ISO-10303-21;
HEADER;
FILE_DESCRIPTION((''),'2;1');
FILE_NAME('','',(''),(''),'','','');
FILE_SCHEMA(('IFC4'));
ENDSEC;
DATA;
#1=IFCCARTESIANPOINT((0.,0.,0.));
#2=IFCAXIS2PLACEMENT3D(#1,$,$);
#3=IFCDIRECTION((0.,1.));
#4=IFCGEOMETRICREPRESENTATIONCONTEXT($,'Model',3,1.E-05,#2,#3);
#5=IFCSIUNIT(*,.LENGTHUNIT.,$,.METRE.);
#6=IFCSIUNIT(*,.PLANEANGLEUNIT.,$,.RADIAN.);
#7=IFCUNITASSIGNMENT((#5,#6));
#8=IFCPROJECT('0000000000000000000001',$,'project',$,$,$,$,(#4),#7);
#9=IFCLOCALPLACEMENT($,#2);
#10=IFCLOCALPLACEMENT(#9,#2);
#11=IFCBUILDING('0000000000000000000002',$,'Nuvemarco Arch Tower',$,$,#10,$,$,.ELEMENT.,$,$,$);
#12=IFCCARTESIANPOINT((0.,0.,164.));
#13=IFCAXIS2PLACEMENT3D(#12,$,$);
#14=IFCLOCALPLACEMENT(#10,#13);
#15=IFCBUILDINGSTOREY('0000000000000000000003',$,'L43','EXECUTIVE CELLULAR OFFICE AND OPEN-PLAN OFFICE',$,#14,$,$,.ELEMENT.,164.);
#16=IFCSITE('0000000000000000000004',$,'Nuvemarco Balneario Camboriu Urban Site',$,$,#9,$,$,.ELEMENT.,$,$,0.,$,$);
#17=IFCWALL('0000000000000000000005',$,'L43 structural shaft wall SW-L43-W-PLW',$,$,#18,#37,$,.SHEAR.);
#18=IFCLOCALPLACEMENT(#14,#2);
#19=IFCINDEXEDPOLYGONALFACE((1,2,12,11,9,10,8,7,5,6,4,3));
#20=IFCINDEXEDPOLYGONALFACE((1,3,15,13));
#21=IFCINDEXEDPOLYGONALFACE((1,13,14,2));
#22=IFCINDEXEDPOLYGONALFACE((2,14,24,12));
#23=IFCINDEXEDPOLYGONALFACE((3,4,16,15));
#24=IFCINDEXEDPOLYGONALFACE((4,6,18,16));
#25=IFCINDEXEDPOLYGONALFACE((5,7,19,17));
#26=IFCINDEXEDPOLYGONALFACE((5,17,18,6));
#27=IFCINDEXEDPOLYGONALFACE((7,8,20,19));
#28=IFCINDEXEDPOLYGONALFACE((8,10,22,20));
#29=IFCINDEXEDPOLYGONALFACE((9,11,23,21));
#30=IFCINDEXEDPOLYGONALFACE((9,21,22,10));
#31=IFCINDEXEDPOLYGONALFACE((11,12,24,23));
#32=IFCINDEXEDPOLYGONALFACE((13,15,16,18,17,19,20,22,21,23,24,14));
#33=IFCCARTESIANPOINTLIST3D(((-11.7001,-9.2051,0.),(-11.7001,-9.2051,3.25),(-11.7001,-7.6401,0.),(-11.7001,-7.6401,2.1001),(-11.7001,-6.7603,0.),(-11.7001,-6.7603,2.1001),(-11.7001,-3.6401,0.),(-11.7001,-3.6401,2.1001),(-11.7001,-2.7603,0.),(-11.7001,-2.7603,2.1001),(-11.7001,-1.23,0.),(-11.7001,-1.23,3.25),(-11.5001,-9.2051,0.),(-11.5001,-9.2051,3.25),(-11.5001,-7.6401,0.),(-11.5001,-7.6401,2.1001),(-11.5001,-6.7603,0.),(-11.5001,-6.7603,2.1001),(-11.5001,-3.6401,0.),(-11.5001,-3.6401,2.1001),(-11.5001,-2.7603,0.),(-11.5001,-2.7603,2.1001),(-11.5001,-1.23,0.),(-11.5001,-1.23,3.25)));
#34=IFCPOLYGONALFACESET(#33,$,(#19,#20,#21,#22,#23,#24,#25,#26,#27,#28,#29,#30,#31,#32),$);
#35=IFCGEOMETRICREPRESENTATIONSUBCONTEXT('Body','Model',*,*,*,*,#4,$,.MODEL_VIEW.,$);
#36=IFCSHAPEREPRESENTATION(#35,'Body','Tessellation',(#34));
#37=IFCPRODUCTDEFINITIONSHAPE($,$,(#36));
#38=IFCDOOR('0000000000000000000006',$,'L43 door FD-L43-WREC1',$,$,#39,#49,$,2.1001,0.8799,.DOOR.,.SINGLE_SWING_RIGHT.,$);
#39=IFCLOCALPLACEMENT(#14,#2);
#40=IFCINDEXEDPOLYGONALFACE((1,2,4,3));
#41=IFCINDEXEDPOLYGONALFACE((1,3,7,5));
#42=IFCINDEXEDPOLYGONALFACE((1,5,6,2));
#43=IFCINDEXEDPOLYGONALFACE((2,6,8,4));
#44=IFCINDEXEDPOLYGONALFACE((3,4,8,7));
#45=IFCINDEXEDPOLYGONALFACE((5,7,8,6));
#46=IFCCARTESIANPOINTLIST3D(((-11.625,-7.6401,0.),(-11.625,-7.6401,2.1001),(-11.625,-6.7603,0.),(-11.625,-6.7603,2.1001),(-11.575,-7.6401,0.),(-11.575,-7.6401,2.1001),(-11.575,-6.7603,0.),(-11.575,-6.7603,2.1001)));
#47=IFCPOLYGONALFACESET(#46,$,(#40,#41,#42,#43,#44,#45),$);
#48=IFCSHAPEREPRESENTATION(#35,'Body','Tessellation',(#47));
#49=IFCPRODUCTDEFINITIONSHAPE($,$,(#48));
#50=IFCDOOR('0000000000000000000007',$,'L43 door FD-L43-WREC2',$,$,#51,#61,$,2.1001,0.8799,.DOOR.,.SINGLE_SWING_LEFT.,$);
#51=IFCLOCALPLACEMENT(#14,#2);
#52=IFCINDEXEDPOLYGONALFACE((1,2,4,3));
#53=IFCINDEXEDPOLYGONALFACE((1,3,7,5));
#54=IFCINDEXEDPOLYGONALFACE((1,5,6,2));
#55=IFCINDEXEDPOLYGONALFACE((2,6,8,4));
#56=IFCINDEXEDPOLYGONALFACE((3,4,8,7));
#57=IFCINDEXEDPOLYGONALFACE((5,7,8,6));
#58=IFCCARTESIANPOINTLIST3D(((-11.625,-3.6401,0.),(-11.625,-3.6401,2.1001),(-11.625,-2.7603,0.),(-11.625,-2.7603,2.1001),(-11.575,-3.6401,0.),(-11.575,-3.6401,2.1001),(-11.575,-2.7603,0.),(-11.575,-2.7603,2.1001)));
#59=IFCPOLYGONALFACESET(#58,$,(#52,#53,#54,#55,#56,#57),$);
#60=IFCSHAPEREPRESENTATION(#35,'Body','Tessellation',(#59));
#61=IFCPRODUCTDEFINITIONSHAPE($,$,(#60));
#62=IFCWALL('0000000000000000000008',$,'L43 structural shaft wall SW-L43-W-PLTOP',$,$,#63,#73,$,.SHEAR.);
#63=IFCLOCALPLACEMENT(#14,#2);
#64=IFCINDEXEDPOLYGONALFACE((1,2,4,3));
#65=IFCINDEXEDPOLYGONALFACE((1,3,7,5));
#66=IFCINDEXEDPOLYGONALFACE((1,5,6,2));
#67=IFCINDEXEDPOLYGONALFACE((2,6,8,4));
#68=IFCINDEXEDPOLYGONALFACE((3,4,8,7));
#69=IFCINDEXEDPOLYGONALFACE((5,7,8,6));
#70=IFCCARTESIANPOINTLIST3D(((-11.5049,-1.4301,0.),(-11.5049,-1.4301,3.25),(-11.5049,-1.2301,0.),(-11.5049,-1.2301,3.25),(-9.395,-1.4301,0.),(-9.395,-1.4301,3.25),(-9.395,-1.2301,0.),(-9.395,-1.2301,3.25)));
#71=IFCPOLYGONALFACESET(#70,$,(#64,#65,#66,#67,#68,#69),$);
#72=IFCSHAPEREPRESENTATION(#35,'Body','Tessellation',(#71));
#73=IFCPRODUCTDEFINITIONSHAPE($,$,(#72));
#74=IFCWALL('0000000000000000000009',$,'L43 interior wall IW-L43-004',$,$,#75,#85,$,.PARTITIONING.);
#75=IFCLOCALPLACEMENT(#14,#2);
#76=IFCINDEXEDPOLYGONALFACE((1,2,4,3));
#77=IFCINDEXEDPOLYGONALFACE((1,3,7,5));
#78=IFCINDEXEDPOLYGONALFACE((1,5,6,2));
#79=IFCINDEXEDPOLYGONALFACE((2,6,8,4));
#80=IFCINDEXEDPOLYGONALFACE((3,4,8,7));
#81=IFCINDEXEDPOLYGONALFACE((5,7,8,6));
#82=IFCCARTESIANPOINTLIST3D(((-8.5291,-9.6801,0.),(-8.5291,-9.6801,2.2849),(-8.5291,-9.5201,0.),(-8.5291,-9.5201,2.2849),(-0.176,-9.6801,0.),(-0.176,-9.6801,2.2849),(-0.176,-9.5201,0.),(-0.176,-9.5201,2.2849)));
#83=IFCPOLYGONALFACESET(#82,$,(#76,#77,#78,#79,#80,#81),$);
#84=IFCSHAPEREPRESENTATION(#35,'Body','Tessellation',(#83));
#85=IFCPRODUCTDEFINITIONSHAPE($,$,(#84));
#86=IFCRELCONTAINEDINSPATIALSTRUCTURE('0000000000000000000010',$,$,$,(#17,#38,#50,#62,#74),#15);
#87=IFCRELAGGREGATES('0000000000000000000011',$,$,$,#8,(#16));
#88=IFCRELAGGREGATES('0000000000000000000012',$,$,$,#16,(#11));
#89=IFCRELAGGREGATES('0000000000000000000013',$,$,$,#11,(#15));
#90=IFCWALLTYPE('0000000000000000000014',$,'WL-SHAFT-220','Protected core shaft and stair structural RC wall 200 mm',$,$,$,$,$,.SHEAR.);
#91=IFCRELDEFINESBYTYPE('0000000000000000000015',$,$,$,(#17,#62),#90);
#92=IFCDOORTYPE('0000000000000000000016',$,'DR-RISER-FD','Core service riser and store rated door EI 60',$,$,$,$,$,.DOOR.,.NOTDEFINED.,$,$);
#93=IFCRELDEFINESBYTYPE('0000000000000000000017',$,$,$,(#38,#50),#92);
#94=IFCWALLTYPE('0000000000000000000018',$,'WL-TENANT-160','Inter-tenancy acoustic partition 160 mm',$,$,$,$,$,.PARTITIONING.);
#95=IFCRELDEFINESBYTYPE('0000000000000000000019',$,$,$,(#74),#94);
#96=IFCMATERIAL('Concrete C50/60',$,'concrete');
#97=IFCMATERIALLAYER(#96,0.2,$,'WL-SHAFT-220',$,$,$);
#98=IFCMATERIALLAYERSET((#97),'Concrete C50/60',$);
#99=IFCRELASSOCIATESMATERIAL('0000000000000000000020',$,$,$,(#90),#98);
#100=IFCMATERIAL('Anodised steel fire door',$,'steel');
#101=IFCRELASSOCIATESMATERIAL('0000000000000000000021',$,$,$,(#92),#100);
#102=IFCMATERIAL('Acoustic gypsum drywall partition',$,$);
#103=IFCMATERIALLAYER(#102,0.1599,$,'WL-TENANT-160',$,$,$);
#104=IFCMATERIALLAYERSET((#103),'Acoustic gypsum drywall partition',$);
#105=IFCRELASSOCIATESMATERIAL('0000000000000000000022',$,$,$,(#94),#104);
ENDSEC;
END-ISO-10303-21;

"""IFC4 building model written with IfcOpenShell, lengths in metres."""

from ifc_helpers import new_model, si_unit, direction, frame, frame_2d, origin, place, context, subcontext, project, spatial, rectangle, extrude, source, transform, mapped, material, layer, layer_set, type_object, type_shapes, element, fill, save


model = new_model("IFC4")

# Units and contexts
model_context = context("Model", 3, precision=1e-05, world=origin(), true_north=direction((0.0, 1.0)))
body_context = subcontext(model_context, "Body", "Model", "MODEL_VIEW")
ifc_project = project(units=[si_unit("LENGTHUNIT", "METRE"), si_unit("PLANEANGLEUNIT", "RADIAN")], contexts=[model_context])

# Site, building, storey
site_placement = place(None, origin())
site = spatial("IfcSite", under=ifc_project, at=site_placement, Name="Nuvemarco Balneario Camboriu Urban Site", CompositionType="ELEMENT", RefElevation=0.0)
building_placement = place(site_placement, origin())
building = spatial("IfcBuilding", under=site, at=building_placement, Name="Nuvemarco Arch Tower", CompositionType="ELEMENT")
storey_placement = place(building_placement, frame((0.0, 0.0, 164.0)))
storey = spatial("IfcBuildingStorey", under=building, at=storey_placement, Name="L43", Description="EXECUTIVE CELLULAR OFFICE AND OPEN-PLAN OFFICE", CompositionType="ELEMENT", Elevation=164.0)

# Shared definitions
ifc_material_1 = material(Name="Concrete C50/60", Category="concrete")

# Shared definitions
ifc_material_2 = material(Name="Anodised steel fire door", Category="steel")

# Shared definitions
ifc_layer_1 = layer(ifc_material_1, 0.2, Name="WL-SHAFT-220")
ifc_layer_set_1 = layer_set([ifc_layer_1], Name="Concrete C50/60")
wall_type_1 = type_object("IfcWallType", Name="WL-SHAFT-220", Description="Protected core shaft and stair structural RC wall 200 mm", PredefinedType="SHEAR", material=ifc_layer_set_1)

# Shared definitions
door_type_1 = type_object("IfcDoorType", Name="DR-RISER-FD", Description="Core service riser and store rated door EI 60", OperationType="NOTDEFINED", PredefinedType="DOOR", material=ifc_material_2)
shared_shape_1 = source(origin(), body_context, "Body", "SweptSolid", [
    extrude(rectangle(XDim=0.8799, YDim=2.1001, at=frame_2d((0.4399, 1.05))), frame((0.0, 0.0249, 0.0), z_axis=(0.0, -1.0, 0.0), x_axis=(1.0, 0.0, 0.0)), (0.0, 0.0, 1.0), 0.05),
])
type_shapes(door_type_1, [shared_shape_1])

# Wall, openings, doors
wall_1_placement = place(storey_placement, frame((-11.6001, -9.2051, 0.0), z_axis=(0.0, 0.0, 1.0), x_axis=(0.0, 1.0, 0.0)))
wall_1 = element("IfcWall", 1, at=wall_1_placement, inside=storey, type_object=wall_type_1, Name="L43 structural shaft wall SW-L43-W-PLW", PredefinedType="SHEAR", context=body_context, shape_type="SweptSolid", body=[
    extrude(rectangle(XDim=7.9751, YDim=0.2, at=frame_2d((3.9875, 0.0))), origin(), (0.0, 0.0, 1.0), 3.25),
])
opening_1_placement = place(wall_1_placement, frame((1.5649, 0.0, 0.0)))
opening_1 = element("IfcOpeningElement", 2, at=opening_1_placement, cuts=wall_1, PredefinedType="OPENING", context=body_context, shape_type="SweptSolid", body=[
    extrude(rectangle(XDim=0.8799, YDim=2.1001, at=frame_2d((0.4399, 1.05))), frame((0.0, 0.1099, 0.0), z_axis=(0.0, -1.0, 0.0), x_axis=(1.0, 0.0, 0.0)), (0.0, 0.0, 1.0), 0.22),
])
opening_2_placement = place(wall_1_placement, frame((5.5649, 0.0, 0.0)))
opening_2 = element("IfcOpeningElement", 3, at=opening_2_placement, cuts=wall_1, PredefinedType="OPENING", context=body_context, shape_type="SweptSolid", body=[
    extrude(rectangle(XDim=0.8799, YDim=2.1001, at=frame_2d((0.4399, 1.05))), frame((0.0, 0.1099, 0.0), z_axis=(0.0, -1.0, 0.0), x_axis=(1.0, 0.0, 0.0)), (0.0, 0.0, 1.0), 0.22),
])
door_1_placement = place(opening_1_placement, origin())
door_1 = element("IfcDoor", 4, at=door_1_placement, inside=storey, type_object=door_type_1, Name="L43 door FD-L43-WREC1", OperationType="SINGLE_SWING_RIGHT", OverallHeight=2.1001, OverallWidth=0.8799, PredefinedType="DOOR", context=body_context, shape_type="MappedRepresentation", body=[
    mapped(shared_shape_1, transform((0.0, 0.0, 0.0), scale=1.0)),
])
fill(opening_1, door_1)
door_2_placement = place(opening_2_placement, origin())
door_2 = element("IfcDoor", 5, at=door_2_placement, inside=storey, type_object=door_type_1, Name="L43 door FD-L43-WREC2", OperationType="SINGLE_SWING_LEFT", OverallHeight=2.1001, OverallWidth=0.8799, PredefinedType="DOOR", context=body_context, shape_type="MappedRepresentation", body=[
    mapped(shared_shape_1, transform((0.0, 0.0, 0.0), scale=1.0)),
])
fill(opening_2, door_2)

# Walls
wall_2_placement = place(storey_placement, frame((-11.5049, -1.3301, 0.0), z_axis=(0.0, 0.0, 1.0), x_axis=(1.0, 0.0, 0.0)))
element("IfcWall", 6, at=wall_2_placement, inside=storey, type_object=wall_type_1, Name="L43 structural shaft wall SW-L43-W-PLTOP", PredefinedType="SHEAR", context=body_context, shape_type="SweptSolid", body=[
    extrude(rectangle(XDim=2.1099, YDim=0.2, at=frame_2d((1.0549, 0.0))), origin(), (0.0, 0.0, 1.0), 3.25),
])
ifc_material_3 = material(Name="Acoustic gypsum drywall partition")
ifc_layer_2 = layer(ifc_material_3, 0.1599, Name="WL-TENANT-160")
ifc_layer_set_2 = layer_set([ifc_layer_2], Name="Acoustic gypsum drywall partition")
wall_type_2 = type_object("IfcWallType", Name="WL-TENANT-160", Description="Inter-tenancy acoustic partition 160 mm", PredefinedType="PARTITIONING", material=ifc_layer_set_2)
wall_3_placement = place(storey_placement, frame((-8.5291, -9.6001, 0.0), z_axis=(0.0, 0.0, 1.0), x_axis=(1.0, 0.0, 0.0)))
element("IfcWall", 7, at=wall_3_placement, inside=storey, type_object=wall_type_2, Name="L43 interior wall IW-L43-004", PredefinedType="PARTITIONING", context=body_context, shape_type="SweptSolid", body=[
    extrude(rectangle(XDim=8.353, YDim=0.1599, at=frame_2d((4.1765, 0.0))), origin(), (0.0, 0.0, 1.0), 2.2849),
])

save(model, "model.ifc")
